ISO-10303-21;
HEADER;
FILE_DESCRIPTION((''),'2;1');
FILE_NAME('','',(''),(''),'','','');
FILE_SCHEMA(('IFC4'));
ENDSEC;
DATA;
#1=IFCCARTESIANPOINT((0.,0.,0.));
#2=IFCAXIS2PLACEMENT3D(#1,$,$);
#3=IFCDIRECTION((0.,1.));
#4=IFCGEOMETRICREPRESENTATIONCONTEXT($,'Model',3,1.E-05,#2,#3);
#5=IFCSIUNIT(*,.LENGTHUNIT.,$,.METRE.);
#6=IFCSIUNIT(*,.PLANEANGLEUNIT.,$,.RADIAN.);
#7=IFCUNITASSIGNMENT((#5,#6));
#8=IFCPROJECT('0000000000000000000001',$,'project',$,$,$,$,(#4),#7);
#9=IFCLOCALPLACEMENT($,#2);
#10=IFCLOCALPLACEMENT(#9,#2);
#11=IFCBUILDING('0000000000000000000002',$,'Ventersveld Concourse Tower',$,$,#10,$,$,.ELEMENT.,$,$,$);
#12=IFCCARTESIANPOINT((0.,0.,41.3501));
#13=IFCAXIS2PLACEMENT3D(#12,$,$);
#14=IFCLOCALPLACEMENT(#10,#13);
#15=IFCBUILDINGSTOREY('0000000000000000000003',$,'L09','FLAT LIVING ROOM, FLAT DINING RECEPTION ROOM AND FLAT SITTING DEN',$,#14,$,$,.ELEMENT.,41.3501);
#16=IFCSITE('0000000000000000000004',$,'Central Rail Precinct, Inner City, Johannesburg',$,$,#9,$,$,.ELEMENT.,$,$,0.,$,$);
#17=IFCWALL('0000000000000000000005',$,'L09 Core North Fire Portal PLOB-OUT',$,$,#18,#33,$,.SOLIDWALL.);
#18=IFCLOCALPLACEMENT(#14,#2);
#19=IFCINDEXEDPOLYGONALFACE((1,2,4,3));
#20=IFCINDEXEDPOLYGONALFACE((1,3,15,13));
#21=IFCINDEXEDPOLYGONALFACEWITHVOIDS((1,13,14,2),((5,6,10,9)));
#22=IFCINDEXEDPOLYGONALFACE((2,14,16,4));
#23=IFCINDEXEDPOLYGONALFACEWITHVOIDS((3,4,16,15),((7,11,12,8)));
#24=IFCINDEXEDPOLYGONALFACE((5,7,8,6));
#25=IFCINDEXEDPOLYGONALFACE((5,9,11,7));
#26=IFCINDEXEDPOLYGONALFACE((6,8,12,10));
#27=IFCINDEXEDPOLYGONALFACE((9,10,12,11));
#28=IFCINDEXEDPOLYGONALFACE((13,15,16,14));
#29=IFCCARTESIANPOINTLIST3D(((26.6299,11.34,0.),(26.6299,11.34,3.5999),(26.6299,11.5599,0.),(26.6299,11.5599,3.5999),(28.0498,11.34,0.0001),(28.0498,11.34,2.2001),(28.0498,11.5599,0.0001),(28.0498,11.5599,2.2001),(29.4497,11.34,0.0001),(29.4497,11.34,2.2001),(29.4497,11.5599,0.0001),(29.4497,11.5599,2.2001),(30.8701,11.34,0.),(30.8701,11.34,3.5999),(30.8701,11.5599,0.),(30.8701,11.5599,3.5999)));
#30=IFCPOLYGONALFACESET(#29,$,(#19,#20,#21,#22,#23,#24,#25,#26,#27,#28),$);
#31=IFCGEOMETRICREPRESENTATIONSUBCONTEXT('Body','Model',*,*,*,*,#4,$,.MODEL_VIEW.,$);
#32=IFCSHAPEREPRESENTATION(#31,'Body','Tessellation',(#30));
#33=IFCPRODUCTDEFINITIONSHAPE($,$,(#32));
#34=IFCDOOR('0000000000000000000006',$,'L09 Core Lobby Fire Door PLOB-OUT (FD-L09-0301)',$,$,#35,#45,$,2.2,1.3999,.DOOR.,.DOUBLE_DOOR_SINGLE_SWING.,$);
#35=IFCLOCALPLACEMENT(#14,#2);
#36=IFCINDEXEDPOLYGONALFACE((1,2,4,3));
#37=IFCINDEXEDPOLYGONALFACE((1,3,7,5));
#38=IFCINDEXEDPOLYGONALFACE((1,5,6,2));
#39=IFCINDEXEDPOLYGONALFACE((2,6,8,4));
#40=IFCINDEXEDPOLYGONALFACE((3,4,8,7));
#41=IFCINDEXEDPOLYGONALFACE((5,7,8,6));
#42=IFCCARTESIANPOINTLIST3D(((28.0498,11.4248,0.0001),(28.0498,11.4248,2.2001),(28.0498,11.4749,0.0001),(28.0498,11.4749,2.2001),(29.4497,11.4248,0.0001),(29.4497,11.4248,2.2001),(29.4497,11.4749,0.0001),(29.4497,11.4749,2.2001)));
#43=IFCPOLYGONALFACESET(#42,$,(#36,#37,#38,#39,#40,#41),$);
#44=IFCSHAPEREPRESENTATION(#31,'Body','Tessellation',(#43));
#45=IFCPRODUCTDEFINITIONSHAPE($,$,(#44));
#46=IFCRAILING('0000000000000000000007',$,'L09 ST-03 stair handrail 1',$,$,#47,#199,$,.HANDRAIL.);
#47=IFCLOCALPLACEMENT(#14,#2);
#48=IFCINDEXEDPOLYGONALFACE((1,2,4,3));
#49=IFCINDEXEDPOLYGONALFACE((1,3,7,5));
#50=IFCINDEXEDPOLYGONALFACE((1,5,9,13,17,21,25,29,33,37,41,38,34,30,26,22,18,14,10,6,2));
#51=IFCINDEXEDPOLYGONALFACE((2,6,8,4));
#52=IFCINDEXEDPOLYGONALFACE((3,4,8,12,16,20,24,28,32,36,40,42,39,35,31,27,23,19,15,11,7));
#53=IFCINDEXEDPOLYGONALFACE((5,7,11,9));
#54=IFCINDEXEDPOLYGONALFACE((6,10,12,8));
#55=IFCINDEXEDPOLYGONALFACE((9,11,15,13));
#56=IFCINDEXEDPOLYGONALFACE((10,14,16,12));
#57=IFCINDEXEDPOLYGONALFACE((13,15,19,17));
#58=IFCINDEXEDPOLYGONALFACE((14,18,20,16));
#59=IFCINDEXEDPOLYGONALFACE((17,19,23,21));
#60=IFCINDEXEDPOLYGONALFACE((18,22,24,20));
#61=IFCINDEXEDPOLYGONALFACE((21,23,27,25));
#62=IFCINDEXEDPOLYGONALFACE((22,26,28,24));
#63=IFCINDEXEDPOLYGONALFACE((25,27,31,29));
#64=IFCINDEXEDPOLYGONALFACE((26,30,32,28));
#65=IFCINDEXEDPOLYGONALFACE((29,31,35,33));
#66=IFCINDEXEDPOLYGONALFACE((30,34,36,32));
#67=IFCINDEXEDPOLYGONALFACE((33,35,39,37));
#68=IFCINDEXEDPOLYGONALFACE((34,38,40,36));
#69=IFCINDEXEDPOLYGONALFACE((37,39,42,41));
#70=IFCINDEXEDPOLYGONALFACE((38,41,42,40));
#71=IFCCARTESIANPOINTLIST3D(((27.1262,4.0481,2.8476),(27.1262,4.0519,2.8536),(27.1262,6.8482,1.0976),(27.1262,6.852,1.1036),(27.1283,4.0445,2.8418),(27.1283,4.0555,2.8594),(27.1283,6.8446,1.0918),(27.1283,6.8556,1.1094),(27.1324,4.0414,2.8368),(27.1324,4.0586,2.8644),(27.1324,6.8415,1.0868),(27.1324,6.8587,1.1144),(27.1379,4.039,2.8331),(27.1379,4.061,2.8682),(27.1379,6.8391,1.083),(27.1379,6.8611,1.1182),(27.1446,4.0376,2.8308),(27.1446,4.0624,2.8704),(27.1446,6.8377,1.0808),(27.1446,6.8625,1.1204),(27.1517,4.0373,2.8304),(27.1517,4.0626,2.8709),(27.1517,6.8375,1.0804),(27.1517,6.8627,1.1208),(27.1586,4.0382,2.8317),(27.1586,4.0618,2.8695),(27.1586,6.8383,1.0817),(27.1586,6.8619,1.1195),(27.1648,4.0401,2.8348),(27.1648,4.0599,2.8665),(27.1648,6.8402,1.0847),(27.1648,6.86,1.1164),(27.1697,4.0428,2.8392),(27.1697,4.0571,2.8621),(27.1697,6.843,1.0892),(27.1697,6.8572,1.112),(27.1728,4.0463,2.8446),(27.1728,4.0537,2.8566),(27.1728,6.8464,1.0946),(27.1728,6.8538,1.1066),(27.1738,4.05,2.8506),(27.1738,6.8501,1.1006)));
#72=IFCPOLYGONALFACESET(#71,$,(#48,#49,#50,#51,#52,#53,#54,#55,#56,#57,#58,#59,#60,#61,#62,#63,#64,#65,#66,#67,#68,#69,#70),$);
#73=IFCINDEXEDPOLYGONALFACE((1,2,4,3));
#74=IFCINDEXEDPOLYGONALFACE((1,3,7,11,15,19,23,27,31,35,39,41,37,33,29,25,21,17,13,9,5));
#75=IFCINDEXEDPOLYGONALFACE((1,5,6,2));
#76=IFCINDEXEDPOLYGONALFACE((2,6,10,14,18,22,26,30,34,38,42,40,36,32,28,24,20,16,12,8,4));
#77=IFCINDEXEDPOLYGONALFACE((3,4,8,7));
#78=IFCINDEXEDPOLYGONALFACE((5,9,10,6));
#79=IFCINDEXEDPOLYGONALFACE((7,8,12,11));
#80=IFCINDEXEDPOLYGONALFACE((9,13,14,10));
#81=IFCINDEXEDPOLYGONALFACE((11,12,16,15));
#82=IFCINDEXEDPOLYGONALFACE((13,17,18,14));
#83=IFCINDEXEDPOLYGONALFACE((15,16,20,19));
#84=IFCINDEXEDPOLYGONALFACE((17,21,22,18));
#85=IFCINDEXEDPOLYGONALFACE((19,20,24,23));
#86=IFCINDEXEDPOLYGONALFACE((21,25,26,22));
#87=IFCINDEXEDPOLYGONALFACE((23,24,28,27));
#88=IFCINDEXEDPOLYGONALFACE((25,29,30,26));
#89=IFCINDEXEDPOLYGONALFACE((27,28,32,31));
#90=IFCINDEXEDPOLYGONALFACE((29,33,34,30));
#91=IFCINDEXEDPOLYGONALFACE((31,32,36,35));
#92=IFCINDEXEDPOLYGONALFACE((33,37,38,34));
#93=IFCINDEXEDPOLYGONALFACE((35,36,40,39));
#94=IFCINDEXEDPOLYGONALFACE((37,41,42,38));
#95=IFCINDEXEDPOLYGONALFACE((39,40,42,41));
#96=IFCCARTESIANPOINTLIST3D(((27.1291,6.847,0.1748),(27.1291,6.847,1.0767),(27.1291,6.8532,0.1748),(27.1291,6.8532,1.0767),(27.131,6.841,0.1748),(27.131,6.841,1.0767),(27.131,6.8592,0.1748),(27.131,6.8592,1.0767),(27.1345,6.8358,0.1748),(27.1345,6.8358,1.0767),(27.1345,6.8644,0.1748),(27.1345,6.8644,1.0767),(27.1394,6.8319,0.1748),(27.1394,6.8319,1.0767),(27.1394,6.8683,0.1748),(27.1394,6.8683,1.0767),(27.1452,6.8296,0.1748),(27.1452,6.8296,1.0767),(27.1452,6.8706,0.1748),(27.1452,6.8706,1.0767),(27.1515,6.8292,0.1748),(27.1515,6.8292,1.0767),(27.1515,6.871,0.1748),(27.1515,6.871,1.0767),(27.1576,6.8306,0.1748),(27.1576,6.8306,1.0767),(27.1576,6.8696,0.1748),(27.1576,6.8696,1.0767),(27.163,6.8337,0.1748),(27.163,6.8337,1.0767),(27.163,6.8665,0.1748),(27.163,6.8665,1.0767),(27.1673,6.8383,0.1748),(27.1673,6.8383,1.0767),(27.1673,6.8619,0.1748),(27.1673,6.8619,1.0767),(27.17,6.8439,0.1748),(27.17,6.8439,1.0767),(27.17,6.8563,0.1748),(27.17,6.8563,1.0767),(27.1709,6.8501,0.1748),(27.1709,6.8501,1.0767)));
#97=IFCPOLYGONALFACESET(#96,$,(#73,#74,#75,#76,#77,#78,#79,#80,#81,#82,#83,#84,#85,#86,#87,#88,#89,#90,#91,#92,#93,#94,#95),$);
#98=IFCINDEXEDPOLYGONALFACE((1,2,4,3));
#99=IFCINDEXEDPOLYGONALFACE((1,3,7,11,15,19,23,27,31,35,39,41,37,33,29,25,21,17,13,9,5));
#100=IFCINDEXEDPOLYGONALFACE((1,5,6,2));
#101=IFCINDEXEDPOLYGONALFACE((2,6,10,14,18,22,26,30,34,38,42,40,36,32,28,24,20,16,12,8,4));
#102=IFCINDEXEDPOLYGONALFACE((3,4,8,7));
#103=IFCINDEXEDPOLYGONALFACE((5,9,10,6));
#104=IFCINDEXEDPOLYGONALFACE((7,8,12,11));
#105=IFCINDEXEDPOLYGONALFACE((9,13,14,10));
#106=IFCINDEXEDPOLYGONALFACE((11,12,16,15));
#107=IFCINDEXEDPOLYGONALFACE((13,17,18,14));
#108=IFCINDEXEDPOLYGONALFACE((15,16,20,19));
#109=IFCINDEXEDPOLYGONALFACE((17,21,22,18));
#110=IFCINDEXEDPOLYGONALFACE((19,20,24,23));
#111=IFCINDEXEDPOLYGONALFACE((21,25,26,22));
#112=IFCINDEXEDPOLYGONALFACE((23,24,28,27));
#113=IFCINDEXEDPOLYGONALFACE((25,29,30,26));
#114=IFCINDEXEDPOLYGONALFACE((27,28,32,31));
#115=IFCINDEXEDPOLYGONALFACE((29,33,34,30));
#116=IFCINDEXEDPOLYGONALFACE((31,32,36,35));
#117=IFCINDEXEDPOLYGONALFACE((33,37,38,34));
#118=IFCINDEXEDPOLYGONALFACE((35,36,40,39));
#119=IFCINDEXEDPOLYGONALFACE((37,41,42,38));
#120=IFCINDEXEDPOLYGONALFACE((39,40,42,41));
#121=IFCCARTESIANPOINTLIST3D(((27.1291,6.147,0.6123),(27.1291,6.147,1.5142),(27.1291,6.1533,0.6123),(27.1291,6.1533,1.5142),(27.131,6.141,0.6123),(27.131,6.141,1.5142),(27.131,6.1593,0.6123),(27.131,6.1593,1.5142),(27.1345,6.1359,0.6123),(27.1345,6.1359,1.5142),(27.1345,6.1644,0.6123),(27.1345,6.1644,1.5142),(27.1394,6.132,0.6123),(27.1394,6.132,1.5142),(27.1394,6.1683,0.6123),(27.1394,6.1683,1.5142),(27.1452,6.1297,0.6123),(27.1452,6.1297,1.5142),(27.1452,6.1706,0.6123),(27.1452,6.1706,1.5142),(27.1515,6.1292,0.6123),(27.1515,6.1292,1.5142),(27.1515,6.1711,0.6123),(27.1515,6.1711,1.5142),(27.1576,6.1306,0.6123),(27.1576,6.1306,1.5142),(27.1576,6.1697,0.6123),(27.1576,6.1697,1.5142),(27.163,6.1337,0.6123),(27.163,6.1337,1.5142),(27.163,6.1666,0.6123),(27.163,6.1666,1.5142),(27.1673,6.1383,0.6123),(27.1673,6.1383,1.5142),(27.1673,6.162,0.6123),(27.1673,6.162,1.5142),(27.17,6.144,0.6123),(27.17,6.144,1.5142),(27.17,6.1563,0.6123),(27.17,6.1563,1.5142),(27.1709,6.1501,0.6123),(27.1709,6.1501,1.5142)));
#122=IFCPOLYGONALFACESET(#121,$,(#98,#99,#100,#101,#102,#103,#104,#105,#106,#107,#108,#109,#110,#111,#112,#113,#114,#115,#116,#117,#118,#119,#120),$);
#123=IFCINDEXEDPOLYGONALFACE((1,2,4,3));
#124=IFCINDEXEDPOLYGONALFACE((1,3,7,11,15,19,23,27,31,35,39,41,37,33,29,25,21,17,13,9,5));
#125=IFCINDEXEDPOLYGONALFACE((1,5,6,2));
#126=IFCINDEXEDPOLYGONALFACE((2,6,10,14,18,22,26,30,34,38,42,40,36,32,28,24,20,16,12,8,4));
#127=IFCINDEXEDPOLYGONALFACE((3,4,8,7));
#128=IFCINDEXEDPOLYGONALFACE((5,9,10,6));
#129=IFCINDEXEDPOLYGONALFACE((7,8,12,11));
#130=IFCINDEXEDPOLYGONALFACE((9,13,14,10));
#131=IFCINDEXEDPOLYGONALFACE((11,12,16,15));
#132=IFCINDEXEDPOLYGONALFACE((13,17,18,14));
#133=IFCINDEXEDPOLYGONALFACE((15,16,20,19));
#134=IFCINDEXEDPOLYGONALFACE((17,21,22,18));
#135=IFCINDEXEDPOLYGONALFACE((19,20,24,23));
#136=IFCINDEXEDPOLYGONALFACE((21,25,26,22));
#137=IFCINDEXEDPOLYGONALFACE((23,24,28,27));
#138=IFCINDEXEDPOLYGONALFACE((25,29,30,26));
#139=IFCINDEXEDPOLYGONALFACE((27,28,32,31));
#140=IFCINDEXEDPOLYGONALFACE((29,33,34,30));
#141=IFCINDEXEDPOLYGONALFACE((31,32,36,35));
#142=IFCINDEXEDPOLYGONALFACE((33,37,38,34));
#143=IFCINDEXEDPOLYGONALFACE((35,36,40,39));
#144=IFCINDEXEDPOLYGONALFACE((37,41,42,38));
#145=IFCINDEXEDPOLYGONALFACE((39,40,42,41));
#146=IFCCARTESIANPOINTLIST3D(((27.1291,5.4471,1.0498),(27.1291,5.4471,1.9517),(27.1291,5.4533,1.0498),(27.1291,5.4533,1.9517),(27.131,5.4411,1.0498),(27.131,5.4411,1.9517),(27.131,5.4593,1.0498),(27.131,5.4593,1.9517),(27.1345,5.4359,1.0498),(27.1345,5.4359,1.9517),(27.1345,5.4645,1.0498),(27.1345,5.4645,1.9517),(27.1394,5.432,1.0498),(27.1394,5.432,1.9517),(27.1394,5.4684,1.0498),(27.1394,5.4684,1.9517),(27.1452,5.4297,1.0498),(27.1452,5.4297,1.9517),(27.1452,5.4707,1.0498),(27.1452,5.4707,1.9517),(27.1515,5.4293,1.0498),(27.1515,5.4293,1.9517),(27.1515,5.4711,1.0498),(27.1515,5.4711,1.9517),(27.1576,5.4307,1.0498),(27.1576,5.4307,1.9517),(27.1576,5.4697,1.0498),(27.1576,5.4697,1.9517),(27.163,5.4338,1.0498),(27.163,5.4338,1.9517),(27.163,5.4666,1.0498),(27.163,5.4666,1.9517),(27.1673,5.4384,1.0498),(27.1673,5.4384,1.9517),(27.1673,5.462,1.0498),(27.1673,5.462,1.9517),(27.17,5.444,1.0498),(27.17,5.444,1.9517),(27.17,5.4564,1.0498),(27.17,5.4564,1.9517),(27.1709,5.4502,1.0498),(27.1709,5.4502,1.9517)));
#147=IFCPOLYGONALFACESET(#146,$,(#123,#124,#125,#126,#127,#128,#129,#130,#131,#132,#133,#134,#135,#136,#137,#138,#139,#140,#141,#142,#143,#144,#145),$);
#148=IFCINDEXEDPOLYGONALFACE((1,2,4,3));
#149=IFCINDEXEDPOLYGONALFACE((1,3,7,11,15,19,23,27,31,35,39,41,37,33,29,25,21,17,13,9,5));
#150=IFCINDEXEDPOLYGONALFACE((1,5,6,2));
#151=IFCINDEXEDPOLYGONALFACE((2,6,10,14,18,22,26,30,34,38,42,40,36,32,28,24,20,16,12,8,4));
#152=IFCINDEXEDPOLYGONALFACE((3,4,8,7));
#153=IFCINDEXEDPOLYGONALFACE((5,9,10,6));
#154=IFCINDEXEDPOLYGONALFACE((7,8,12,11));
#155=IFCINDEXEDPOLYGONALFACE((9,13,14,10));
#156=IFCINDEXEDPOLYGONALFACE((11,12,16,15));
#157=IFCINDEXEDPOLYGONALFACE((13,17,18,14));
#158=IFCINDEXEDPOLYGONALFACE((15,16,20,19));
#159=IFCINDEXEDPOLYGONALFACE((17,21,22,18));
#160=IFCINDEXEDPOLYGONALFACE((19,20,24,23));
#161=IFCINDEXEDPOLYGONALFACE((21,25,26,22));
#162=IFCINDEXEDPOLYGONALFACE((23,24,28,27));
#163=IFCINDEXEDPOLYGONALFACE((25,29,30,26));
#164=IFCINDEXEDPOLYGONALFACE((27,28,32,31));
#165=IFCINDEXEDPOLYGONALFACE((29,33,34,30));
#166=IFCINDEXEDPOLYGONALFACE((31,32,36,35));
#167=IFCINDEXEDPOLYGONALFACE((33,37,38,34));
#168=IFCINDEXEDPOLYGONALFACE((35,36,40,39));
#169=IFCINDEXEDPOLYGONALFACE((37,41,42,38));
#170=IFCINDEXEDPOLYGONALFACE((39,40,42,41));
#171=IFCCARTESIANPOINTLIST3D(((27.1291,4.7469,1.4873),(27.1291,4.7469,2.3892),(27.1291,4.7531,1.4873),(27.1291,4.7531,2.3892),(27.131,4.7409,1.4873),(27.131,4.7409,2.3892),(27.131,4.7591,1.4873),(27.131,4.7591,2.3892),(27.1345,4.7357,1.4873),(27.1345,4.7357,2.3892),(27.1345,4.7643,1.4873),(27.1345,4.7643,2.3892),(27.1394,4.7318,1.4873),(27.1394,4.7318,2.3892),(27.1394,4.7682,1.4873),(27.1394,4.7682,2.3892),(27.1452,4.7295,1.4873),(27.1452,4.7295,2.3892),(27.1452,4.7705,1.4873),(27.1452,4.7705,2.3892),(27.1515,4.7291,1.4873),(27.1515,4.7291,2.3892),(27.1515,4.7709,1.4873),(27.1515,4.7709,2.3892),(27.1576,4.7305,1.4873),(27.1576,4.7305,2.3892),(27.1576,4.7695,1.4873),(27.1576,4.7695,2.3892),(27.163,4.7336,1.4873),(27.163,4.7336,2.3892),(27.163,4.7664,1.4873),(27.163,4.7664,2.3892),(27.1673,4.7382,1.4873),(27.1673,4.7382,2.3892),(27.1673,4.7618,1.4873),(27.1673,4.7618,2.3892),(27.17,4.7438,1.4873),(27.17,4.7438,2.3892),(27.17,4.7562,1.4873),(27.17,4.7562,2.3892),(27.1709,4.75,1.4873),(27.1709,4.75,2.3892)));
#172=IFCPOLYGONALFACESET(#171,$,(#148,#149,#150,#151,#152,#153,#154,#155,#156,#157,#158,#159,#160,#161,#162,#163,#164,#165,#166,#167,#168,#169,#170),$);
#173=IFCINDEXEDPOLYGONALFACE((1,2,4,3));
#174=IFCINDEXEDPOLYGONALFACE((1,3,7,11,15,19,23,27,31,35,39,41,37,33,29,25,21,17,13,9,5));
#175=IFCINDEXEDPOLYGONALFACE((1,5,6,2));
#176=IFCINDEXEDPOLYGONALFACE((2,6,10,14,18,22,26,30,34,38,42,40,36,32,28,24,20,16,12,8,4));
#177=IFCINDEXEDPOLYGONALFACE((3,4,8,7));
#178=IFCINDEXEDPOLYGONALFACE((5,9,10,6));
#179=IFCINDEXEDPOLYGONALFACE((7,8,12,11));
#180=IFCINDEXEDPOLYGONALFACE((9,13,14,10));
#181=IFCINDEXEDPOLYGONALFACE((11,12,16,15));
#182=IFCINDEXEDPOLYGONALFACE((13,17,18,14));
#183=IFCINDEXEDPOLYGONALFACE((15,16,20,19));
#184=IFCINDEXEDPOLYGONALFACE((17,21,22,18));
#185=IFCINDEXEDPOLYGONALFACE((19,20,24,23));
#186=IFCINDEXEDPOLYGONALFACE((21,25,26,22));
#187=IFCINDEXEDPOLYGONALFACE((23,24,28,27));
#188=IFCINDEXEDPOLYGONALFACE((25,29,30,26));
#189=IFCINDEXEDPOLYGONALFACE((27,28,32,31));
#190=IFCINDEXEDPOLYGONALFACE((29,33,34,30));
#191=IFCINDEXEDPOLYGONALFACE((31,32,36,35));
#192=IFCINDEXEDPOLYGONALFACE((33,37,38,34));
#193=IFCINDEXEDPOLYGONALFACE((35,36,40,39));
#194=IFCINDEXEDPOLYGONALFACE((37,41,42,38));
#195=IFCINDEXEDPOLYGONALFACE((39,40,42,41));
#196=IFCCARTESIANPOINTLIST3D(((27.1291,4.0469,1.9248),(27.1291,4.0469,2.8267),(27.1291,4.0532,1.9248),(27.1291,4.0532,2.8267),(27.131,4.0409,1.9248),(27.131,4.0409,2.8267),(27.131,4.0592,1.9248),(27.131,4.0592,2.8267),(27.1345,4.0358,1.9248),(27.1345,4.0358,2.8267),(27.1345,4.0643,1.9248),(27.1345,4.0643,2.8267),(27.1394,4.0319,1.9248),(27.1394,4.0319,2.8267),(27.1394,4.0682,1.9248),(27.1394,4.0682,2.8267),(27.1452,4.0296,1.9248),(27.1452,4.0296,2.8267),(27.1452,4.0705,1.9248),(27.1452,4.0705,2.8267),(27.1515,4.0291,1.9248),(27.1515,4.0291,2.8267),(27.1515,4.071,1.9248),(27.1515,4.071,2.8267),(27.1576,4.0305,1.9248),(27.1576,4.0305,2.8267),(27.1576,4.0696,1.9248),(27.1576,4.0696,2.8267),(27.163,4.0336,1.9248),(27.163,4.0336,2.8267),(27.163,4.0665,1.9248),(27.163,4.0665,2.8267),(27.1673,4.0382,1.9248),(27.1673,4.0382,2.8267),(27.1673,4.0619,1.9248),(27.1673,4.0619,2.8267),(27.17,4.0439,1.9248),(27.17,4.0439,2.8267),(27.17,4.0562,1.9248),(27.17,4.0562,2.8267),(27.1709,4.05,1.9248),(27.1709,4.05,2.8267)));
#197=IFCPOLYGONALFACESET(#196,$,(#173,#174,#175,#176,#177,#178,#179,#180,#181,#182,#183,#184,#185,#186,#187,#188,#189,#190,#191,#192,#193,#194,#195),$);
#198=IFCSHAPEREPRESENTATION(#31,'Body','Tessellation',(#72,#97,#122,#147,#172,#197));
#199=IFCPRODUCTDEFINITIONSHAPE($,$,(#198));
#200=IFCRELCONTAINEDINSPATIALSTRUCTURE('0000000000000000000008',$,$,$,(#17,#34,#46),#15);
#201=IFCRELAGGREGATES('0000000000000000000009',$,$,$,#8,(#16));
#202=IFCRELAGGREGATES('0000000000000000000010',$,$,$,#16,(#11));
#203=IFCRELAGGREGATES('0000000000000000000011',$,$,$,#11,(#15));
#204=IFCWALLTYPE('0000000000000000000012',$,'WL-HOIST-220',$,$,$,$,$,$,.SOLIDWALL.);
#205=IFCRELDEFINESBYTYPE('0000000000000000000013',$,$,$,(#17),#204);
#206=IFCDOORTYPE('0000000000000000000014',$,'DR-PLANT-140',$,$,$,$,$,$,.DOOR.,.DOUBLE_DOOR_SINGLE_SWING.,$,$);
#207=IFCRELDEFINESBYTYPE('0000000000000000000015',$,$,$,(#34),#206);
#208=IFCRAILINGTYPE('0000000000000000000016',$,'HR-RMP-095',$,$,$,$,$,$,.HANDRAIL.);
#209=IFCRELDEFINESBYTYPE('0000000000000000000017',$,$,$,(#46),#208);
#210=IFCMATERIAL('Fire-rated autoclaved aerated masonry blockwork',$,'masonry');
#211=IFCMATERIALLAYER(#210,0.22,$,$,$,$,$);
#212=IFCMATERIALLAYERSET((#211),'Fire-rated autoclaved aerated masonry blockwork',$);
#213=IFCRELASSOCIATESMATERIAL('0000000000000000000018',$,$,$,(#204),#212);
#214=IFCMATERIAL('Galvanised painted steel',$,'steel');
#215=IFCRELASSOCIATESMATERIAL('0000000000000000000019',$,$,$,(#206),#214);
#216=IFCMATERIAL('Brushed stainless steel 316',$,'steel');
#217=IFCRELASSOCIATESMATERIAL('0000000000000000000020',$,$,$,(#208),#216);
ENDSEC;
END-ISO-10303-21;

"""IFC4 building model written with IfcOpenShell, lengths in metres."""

from ifc_helpers import new_model, si_unit, direction, frame, frame_2d, origin, origin_2d, place, context, subcontext, project, spatial, rectangle, circle, extrude, material, layer, layer_set, type_object, element, fill, save


model = new_model("IFC4")

# Units and contexts
model_context = context("Model", 3, precision=1e-05, world=origin(), true_north=direction((0.0, 1.0)))
body_context = subcontext(model_context, "Body", "Model", "MODEL_VIEW")
ifc_project = project(units=[si_unit("LENGTHUNIT", "METRE"), si_unit("PLANEANGLEUNIT", "RADIAN")], contexts=[model_context])

# Site, building, storey
site_placement = place(None, origin())
site = spatial("IfcSite", under=ifc_project, at=site_placement, Name="Central Rail Precinct, Inner City, Johannesburg", CompositionType="ELEMENT", RefElevation=0.0)
building_placement = place(site_placement, origin())
building = spatial("IfcBuilding", under=site, at=building_placement, Name="Ventersveld Concourse Tower", CompositionType="ELEMENT")
storey_placement = place(building_placement, frame((0.0, 0.0, 41.3501)))
storey = spatial("IfcBuildingStorey", under=building, at=storey_placement, Name="L09", Description="FLAT LIVING ROOM, FLAT DINING RECEPTION ROOM AND FLAT SITTING DEN", CompositionType="ELEMENT", Elevation=41.3501)

# Shared definitions
ifc_material_1 = material(Name="Fire-rated autoclaved aerated masonry blockwork", Category="masonry")

# Shared definitions
ifc_layer_1 = layer(ifc_material_1, 0.22)
ifc_layer_set_1 = layer_set([ifc_layer_1], Name="Fire-rated autoclaved aerated masonry blockwork")
wall_type_1 = type_object("IfcWallType", Name="WL-HOIST-220", PredefinedType="SOLIDWALL", material=ifc_layer_set_1)

# Wall, opening, door
ifc_material_2 = material(Name="Galvanised painted steel", Category="steel")
wall_1_placement = place(storey_placement, frame((26.6299, 11.45, 0.0), z_axis=(0.0, 0.0, 1.0), x_axis=(1.0, 0.0, 0.0)))
wall_1 = element("IfcWall", 1, at=wall_1_placement, inside=storey, type_object=wall_type_1, Name="L09 Core North Fire Portal PLOB-OUT", PredefinedType="SOLIDWALL", context=body_context, shape_type="SweptSolid", body=[
    extrude(rectangle(XDim=4.2402, YDim=0.22, at=frame_2d((2.1201, 0.0))), origin(), (0.0, 0.0, 1.0), 3.5999),
])
opening_1_placement = place(wall_1_placement, frame((1.4199, 0.0, 0.0)))
opening_1 = element("IfcOpeningElement", 2, at=opening_1_placement, cuts=wall_1, PredefinedType="OPENING", context=body_context, shape_type="SweptSolid", body=[
    extrude(rectangle(XDim=1.3999, YDim=2.2, at=frame_2d((0.7, 1.1001))), frame((0.0, 0.1201, 0.0), z_axis=(0.0, -1.0, 0.0), x_axis=(1.0, 0.0, 0.0)), (0.0, 0.0, 1.0), 0.24),
])
door_type_1 = type_object("IfcDoorType", Name="DR-PLANT-140", OperationType="DOUBLE_DOOR_SINGLE_SWING", PredefinedType="DOOR", material=ifc_material_2)
door_1_placement = place(opening_1_placement, origin())
door_1 = element("IfcDoor", 3, at=door_1_placement, inside=storey, type_object=door_type_1, Name="L09 Core Lobby Fire Door PLOB-OUT (FD-L09-0301)", OperationType="DOUBLE_DOOR_SINGLE_SWING", OverallHeight=2.2, OverallWidth=1.3999, PredefinedType="DOOR", context=body_context, shape_type="SweptSolid", body=[
    extrude(rectangle(XDim=1.3999, YDim=2.2, at=frame_2d((0.7, 1.1001))), frame((0.0, 0.0249, 0.0), z_axis=(0.0, -1.0, 0.0), x_axis=(1.0, 0.0, 0.0)), (0.0, 0.0, 1.0), 0.05),
])
fill(opening_1, door_1)

# Railing
ifc_material_3 = material(Name="Brushed stainless steel 316", Category="steel")
railing_type = type_object("IfcRailingType", Name="HR-RMP-095", PredefinedType="HANDRAIL", material=ifc_material_3)
railing_placement = place(storey_placement, frame((27.1499, 6.8501, 0.1748)))
element("IfcRailing", 4, at=railing_placement, inside=storey, type_object=railing_type, Name="L09 ST-03 stair handrail 1", PredefinedType="HANDRAIL", context=body_context, shape_type="SweptSolid", body=[
    extrude(circle(Radius=0.0239, at=origin_2d()), frame((0.0, 0.0, 0.9258), z_axis=(0.0, -0.848002, 0.529992), x_axis=(1.0, 0.0, 0.0)), (0.0, 0.0, 1.0), 3.302),
    extrude(circle(Radius=0.021, at=origin_2d()), origin(), (0.0, 0.0, 1.0), 0.9019),
    extrude(circle(Radius=0.021, at=origin_2d()), frame((0.0, -0.7, 0.4375)), (0.0, 0.0, 1.0), 0.9019),
    extrude(circle(Radius=0.021, at=origin_2d()), frame((0.0, -1.3999, 0.875)), (0.0, 0.0, 1.0), 0.9019),
    extrude(circle(Radius=0.021, at=origin_2d()), frame((0.0, -2.1001, 1.3125)), (0.0, 0.0, 1.0), 0.9019),
    extrude(circle(Radius=0.021, at=origin_2d()), frame((0.0, -2.8, 1.75)), (0.0, 0.0, 1.0), 0.9019),
])

save(model, "model.ifc")
